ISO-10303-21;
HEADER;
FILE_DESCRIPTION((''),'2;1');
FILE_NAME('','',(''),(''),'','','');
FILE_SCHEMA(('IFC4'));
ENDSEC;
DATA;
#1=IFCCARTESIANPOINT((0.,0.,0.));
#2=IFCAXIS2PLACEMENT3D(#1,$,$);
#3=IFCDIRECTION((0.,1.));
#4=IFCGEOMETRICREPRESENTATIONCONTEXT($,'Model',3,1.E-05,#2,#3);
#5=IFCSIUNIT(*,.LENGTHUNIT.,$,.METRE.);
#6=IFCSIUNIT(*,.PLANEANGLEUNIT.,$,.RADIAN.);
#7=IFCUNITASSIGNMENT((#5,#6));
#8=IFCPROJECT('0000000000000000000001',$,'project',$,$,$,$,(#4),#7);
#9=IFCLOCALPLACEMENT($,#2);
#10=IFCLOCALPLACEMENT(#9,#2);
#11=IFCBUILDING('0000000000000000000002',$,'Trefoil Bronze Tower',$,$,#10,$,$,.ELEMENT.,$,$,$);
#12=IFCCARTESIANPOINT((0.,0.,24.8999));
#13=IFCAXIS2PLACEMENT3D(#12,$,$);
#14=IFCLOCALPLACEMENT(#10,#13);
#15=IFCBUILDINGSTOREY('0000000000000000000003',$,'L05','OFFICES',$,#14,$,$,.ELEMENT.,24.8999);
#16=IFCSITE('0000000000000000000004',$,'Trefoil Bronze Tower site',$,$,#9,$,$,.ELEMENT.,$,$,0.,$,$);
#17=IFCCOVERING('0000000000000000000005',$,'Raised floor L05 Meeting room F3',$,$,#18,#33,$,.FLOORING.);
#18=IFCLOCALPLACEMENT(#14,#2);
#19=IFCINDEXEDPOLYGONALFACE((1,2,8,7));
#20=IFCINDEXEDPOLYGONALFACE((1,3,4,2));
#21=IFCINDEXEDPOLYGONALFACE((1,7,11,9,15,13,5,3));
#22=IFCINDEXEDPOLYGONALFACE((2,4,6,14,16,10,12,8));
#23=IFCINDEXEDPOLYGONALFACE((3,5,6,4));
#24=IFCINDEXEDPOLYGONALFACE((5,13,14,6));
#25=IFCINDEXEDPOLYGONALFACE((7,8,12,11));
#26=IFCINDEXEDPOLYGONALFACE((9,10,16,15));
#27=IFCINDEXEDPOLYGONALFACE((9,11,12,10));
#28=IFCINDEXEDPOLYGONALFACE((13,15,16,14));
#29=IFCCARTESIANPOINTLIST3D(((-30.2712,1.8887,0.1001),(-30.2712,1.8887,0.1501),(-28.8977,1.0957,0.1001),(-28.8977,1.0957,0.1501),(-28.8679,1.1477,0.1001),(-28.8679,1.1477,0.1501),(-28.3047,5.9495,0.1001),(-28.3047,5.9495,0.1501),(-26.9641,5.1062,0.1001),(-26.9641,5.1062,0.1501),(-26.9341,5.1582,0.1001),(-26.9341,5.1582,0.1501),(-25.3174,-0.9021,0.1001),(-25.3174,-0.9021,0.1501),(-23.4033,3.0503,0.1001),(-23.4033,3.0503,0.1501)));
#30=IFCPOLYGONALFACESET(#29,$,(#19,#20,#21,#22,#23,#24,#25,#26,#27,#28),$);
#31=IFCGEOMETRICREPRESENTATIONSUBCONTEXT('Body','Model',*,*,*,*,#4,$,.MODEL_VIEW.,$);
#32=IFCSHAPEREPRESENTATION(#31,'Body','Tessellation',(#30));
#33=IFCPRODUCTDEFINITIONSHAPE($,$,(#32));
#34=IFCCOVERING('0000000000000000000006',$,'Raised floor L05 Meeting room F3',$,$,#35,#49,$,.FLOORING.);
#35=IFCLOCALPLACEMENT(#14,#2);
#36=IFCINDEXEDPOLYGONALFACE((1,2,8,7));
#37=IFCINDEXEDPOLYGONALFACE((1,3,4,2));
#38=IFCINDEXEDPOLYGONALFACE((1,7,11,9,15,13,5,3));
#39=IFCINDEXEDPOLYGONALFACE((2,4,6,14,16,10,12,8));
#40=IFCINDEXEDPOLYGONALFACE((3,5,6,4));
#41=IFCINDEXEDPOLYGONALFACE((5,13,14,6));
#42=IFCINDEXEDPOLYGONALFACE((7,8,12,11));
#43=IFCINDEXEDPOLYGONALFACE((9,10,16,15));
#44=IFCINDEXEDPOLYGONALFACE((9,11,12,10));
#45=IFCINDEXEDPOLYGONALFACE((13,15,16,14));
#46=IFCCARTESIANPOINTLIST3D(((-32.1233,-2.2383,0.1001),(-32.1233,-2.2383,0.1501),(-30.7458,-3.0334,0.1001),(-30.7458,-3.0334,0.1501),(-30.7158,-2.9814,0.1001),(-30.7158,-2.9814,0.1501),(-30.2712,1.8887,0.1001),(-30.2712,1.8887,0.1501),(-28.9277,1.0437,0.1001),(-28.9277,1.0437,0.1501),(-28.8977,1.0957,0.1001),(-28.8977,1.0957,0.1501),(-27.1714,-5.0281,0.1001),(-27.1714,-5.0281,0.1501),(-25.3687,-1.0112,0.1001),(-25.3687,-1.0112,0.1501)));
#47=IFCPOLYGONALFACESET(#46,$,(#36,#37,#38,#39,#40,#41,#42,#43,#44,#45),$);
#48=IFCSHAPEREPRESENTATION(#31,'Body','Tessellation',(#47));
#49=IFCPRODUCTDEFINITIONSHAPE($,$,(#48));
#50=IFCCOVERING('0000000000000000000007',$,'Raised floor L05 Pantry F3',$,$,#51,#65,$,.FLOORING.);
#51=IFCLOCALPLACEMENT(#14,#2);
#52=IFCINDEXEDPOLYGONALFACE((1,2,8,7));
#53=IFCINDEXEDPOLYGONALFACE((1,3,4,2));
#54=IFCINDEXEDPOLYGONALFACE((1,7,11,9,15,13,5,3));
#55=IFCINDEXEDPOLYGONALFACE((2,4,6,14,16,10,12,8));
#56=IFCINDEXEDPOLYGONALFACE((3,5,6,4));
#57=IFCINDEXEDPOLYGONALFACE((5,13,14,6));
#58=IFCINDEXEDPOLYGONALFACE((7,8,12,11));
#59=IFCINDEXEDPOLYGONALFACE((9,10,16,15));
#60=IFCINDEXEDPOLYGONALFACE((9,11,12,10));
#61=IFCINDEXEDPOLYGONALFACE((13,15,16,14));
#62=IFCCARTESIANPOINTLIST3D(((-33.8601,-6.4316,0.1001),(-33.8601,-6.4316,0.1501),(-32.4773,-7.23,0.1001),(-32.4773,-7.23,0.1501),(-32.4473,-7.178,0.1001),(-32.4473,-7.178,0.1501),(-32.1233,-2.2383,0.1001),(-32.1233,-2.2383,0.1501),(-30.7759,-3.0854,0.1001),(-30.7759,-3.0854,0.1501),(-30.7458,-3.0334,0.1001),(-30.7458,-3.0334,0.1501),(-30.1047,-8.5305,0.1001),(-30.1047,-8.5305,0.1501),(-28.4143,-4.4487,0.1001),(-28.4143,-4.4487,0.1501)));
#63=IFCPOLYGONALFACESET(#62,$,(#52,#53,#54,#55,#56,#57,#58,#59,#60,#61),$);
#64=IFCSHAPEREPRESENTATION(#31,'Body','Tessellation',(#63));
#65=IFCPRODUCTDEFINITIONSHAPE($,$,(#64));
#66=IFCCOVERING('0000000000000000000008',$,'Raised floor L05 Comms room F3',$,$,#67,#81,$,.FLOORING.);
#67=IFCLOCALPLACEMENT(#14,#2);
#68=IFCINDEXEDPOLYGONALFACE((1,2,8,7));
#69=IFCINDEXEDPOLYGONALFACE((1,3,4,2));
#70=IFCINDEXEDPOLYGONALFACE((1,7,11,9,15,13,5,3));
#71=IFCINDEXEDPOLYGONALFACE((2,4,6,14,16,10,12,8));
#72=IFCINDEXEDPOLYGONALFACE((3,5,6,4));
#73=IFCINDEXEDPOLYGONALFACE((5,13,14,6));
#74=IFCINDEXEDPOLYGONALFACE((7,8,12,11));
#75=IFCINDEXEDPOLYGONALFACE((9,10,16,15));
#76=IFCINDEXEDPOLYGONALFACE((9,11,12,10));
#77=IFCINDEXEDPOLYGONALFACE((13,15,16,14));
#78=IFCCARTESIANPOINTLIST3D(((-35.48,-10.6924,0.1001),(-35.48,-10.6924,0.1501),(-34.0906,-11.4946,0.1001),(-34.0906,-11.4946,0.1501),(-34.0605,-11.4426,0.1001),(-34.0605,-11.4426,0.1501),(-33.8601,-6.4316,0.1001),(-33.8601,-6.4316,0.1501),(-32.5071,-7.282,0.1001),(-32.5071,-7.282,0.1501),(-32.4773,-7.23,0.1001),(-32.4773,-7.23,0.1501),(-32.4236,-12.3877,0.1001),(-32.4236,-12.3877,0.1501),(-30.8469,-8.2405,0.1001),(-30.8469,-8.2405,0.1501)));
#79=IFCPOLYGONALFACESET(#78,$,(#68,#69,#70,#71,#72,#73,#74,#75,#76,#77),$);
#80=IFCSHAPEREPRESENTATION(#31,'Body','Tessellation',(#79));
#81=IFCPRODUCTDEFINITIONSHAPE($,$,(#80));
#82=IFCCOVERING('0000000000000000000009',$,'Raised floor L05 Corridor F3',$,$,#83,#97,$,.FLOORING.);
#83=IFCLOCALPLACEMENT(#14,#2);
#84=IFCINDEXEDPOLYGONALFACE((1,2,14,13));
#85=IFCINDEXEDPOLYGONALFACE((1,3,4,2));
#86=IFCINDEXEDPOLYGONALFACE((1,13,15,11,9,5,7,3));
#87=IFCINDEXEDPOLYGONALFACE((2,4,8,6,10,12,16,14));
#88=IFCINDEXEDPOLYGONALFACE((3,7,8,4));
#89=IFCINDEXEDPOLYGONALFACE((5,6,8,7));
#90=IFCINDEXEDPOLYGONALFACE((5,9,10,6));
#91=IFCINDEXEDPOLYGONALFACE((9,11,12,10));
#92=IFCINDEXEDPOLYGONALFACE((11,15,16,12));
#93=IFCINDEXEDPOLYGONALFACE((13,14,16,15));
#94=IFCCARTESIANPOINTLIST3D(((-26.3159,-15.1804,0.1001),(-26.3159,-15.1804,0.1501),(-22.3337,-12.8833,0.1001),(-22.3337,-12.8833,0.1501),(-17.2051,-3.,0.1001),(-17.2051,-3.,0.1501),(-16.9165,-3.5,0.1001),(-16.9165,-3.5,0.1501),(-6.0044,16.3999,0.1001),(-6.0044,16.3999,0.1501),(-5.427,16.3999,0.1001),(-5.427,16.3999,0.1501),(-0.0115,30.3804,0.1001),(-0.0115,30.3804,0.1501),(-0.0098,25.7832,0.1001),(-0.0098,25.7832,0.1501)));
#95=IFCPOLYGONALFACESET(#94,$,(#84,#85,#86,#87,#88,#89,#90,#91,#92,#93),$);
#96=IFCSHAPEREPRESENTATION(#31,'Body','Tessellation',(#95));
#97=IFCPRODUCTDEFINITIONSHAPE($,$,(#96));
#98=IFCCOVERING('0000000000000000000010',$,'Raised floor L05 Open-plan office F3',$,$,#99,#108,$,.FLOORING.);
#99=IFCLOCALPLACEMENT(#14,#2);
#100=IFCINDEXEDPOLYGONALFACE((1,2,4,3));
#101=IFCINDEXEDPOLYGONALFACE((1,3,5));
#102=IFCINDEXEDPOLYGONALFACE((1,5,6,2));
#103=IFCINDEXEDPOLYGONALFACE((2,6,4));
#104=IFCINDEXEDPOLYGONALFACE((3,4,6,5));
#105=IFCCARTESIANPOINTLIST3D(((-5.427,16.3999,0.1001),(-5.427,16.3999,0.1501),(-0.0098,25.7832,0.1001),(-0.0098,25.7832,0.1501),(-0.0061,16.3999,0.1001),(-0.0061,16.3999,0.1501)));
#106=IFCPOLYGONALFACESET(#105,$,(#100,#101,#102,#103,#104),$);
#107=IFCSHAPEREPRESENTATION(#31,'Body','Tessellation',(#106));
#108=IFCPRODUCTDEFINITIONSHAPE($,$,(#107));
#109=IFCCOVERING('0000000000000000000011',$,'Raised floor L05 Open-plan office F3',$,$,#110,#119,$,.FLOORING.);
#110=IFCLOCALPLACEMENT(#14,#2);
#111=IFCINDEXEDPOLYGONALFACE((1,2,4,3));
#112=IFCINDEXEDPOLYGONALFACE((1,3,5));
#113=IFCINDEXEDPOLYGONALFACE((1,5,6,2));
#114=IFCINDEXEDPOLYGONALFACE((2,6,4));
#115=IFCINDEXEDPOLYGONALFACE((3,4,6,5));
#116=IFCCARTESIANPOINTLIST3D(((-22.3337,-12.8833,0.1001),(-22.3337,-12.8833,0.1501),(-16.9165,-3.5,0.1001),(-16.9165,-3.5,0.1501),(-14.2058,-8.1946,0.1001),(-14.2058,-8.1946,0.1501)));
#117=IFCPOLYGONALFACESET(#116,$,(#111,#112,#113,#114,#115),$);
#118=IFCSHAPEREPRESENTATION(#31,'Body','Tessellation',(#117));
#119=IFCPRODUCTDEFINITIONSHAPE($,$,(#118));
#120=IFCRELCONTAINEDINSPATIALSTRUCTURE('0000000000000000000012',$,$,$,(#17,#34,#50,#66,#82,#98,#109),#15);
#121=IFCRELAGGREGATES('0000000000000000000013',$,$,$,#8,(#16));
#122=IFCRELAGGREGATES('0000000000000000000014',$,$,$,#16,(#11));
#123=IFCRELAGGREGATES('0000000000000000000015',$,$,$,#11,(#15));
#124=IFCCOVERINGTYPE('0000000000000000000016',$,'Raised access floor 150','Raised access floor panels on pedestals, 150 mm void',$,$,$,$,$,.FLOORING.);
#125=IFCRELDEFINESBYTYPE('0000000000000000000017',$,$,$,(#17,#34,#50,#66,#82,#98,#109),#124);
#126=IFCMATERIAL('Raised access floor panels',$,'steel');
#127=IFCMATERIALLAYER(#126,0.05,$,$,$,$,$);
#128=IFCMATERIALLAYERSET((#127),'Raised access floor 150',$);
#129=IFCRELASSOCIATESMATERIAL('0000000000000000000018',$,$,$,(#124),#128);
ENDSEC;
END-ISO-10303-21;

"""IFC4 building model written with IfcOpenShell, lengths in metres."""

from ifc_helpers import new_model, si_unit, direction, frame, origin, place, context, subcontext, project, spatial, polyline, outline, extrude, material, layer, layer_set, type_object, element, save


model = new_model("IFC4")

# Units and contexts
model_context = context("Model", 3, precision=1e-05, world=origin(), true_north=direction((0.0, 1.0)))
body_context = subcontext(model_context, "Body", "Model", "MODEL_VIEW")
ifc_project = project(units=[si_unit("LENGTHUNIT", "METRE"), si_unit("PLANEANGLEUNIT", "RADIAN")], contexts=[model_context])

# Site, building, storey
site_placement = place(None, origin())
site = spatial("IfcSite", under=ifc_project, at=site_placement, Name="Trefoil Bronze Tower site", CompositionType="ELEMENT", RefElevation=0.0)
building_placement = place(site_placement, origin())
building = spatial("IfcBuilding", under=site, at=building_placement, Name="Trefoil Bronze Tower", CompositionType="ELEMENT")
storey_placement = place(building_placement, frame((0.0, 0.0, 24.8999)))
storey = spatial("IfcBuildingStorey", under=building, at=storey_placement, Name="L05", Description="OFFICES", CompositionType="ELEMENT", Elevation=24.8999)

# Coverings
ifc_material_1 = material(Name="Raised access floor panels", Category="steel")
ifc_layer_1 = layer(ifc_material_1, 0.05)
ifc_layer_set_1 = layer_set([ifc_layer_1], Name="Raised access floor 150")
covering_type = type_object("IfcCoveringType", Name="Raised access floor 150", Description="Raised access floor panels on pedestals, 150 mm void", PredefinedType="FLOORING", material=ifc_layer_set_1)
covering_1_placement = place(storey_placement, frame((0.0, 0.0, 0.1001)))
element("IfcCovering", 1, at=covering_1_placement, inside=storey, type_object=covering_type, Name="Raised floor L05 Meeting room F3", PredefinedType="FLOORING", context=body_context, shape_type="SweptSolid", body=[
    extrude(outline(polyline([(-30.2712, 1.8887), (-28.3047, 5.9495), (-26.9341, 5.1582), (-26.9641, 5.1062), (-23.4033, 3.0503), (-25.3174, -0.9021), (-28.8679, 1.1477), (-28.8977, 1.0957), (-30.2712, 1.8887)])), origin(), (0.0, 0.0, 1.0), 0.05),
])
covering_2_placement = place(storey_placement, frame((0.0, 0.0, 0.1001)))
element("IfcCovering", 2, at=covering_2_placement, inside=storey, type_object=covering_type, Name="Raised floor L05 Meeting room F3", PredefinedType="FLOORING", context=body_context, shape_type="SweptSolid", body=[
    extrude(outline(polyline([(-30.2712, 1.8887), (-28.8977, 1.0957), (-28.9277, 1.0437), (-25.3687, -1.0112), (-27.1714, -5.0281), (-30.7158, -2.9814), (-30.7458, -3.0334), (-32.1233, -2.2383), (-30.2712, 1.8887)])), origin(), (0.0, 0.0, 1.0), 0.05),
])
covering_3_placement = place(storey_placement, frame((0.0, 0.0, 0.1001)))
element("IfcCovering", 3, at=covering_3_placement, inside=storey, type_object=covering_type, Name="Raised floor L05 Pantry F3", PredefinedType="FLOORING", context=body_context, shape_type="SweptSolid", body=[
    extrude(outline(polyline([(-33.8601, -6.4316), (-32.1233, -2.2383), (-30.7458, -3.0334), (-30.7759, -3.0854), (-28.4143, -4.4487), (-30.1047, -8.5305), (-32.4473, -7.178), (-32.4773, -7.23), (-33.8601, -6.4316)])), origin(), (0.0, 0.0, 1.0), 0.05),
])
covering_4_placement = place(storey_placement, frame((0.0, 0.0, 0.1001)))
element("IfcCovering", 4, at=covering_4_placement, inside=storey, type_object=covering_type, Name="Raised floor L05 Comms room F3", PredefinedType="FLOORING", context=body_context, shape_type="SweptSolid", body=[
    extrude(outline(polyline([(-35.48, -10.6924), (-33.8601, -6.4316), (-32.4773, -7.23), (-32.5071, -7.282), (-30.8469, -8.2405), (-32.4236, -12.3877), (-34.0605, -11.4426), (-34.0906, -11.4946), (-35.48, -10.6924)])), origin(), (0.0, 0.0, 1.0), 0.05),
])
covering_5_placement = place(storey_placement, frame((0.0, 0.0, 0.1001)))
element("IfcCovering", 5, at=covering_5_placement, inside=storey, type_object=covering_type, Name="Raised floor L05 Corridor F3", PredefinedType="FLOORING", context=body_context, shape_type="SweptSolid", body=[
    extrude(outline(polyline([(-0.0115, 30.3804), (-0.0098, 25.7832), (-5.427, 16.3999), (-6.0044, 16.3999), (-17.2051, -3.0), (-16.9165, -3.5), (-22.3337, -12.8833), (-26.3159, -15.1804), (-0.0115, 30.3804)])), origin(), (0.0, 0.0, 1.0), 0.05),
])
covering_6_placement = place(storey_placement, frame((0.0, 0.0, 0.1001)))
element("IfcCovering", 6, at=covering_6_placement, inside=storey, type_object=covering_type, Name="Raised floor L05 Open-plan office F3", PredefinedType="FLOORING", context=body_context, shape_type="SweptSolid", body=[
    extrude(outline(polyline([(-0.0061, 16.3999), (-5.427, 16.3999), (-0.0098, 25.7832), (-0.0061, 16.3999)])), origin(), (0.0, 0.0, 1.0), 0.05),
])
covering_7_placement = place(storey_placement, frame((0.0, 0.0, 0.1001)))
element("IfcCovering", 7, at=covering_7_placement, inside=storey, type_object=covering_type, Name="Raised floor L05 Open-plan office F3", PredefinedType="FLOORING", context=body_context, shape_type="SweptSolid", body=[
    extrude(outline(polyline([(-14.2058, -8.1946), (-22.3337, -12.8833), (-16.9165, -3.5), (-14.2058, -8.1946)])), origin(), (0.0, 0.0, 1.0), 0.05),
])

save(model, "model.ifc")
